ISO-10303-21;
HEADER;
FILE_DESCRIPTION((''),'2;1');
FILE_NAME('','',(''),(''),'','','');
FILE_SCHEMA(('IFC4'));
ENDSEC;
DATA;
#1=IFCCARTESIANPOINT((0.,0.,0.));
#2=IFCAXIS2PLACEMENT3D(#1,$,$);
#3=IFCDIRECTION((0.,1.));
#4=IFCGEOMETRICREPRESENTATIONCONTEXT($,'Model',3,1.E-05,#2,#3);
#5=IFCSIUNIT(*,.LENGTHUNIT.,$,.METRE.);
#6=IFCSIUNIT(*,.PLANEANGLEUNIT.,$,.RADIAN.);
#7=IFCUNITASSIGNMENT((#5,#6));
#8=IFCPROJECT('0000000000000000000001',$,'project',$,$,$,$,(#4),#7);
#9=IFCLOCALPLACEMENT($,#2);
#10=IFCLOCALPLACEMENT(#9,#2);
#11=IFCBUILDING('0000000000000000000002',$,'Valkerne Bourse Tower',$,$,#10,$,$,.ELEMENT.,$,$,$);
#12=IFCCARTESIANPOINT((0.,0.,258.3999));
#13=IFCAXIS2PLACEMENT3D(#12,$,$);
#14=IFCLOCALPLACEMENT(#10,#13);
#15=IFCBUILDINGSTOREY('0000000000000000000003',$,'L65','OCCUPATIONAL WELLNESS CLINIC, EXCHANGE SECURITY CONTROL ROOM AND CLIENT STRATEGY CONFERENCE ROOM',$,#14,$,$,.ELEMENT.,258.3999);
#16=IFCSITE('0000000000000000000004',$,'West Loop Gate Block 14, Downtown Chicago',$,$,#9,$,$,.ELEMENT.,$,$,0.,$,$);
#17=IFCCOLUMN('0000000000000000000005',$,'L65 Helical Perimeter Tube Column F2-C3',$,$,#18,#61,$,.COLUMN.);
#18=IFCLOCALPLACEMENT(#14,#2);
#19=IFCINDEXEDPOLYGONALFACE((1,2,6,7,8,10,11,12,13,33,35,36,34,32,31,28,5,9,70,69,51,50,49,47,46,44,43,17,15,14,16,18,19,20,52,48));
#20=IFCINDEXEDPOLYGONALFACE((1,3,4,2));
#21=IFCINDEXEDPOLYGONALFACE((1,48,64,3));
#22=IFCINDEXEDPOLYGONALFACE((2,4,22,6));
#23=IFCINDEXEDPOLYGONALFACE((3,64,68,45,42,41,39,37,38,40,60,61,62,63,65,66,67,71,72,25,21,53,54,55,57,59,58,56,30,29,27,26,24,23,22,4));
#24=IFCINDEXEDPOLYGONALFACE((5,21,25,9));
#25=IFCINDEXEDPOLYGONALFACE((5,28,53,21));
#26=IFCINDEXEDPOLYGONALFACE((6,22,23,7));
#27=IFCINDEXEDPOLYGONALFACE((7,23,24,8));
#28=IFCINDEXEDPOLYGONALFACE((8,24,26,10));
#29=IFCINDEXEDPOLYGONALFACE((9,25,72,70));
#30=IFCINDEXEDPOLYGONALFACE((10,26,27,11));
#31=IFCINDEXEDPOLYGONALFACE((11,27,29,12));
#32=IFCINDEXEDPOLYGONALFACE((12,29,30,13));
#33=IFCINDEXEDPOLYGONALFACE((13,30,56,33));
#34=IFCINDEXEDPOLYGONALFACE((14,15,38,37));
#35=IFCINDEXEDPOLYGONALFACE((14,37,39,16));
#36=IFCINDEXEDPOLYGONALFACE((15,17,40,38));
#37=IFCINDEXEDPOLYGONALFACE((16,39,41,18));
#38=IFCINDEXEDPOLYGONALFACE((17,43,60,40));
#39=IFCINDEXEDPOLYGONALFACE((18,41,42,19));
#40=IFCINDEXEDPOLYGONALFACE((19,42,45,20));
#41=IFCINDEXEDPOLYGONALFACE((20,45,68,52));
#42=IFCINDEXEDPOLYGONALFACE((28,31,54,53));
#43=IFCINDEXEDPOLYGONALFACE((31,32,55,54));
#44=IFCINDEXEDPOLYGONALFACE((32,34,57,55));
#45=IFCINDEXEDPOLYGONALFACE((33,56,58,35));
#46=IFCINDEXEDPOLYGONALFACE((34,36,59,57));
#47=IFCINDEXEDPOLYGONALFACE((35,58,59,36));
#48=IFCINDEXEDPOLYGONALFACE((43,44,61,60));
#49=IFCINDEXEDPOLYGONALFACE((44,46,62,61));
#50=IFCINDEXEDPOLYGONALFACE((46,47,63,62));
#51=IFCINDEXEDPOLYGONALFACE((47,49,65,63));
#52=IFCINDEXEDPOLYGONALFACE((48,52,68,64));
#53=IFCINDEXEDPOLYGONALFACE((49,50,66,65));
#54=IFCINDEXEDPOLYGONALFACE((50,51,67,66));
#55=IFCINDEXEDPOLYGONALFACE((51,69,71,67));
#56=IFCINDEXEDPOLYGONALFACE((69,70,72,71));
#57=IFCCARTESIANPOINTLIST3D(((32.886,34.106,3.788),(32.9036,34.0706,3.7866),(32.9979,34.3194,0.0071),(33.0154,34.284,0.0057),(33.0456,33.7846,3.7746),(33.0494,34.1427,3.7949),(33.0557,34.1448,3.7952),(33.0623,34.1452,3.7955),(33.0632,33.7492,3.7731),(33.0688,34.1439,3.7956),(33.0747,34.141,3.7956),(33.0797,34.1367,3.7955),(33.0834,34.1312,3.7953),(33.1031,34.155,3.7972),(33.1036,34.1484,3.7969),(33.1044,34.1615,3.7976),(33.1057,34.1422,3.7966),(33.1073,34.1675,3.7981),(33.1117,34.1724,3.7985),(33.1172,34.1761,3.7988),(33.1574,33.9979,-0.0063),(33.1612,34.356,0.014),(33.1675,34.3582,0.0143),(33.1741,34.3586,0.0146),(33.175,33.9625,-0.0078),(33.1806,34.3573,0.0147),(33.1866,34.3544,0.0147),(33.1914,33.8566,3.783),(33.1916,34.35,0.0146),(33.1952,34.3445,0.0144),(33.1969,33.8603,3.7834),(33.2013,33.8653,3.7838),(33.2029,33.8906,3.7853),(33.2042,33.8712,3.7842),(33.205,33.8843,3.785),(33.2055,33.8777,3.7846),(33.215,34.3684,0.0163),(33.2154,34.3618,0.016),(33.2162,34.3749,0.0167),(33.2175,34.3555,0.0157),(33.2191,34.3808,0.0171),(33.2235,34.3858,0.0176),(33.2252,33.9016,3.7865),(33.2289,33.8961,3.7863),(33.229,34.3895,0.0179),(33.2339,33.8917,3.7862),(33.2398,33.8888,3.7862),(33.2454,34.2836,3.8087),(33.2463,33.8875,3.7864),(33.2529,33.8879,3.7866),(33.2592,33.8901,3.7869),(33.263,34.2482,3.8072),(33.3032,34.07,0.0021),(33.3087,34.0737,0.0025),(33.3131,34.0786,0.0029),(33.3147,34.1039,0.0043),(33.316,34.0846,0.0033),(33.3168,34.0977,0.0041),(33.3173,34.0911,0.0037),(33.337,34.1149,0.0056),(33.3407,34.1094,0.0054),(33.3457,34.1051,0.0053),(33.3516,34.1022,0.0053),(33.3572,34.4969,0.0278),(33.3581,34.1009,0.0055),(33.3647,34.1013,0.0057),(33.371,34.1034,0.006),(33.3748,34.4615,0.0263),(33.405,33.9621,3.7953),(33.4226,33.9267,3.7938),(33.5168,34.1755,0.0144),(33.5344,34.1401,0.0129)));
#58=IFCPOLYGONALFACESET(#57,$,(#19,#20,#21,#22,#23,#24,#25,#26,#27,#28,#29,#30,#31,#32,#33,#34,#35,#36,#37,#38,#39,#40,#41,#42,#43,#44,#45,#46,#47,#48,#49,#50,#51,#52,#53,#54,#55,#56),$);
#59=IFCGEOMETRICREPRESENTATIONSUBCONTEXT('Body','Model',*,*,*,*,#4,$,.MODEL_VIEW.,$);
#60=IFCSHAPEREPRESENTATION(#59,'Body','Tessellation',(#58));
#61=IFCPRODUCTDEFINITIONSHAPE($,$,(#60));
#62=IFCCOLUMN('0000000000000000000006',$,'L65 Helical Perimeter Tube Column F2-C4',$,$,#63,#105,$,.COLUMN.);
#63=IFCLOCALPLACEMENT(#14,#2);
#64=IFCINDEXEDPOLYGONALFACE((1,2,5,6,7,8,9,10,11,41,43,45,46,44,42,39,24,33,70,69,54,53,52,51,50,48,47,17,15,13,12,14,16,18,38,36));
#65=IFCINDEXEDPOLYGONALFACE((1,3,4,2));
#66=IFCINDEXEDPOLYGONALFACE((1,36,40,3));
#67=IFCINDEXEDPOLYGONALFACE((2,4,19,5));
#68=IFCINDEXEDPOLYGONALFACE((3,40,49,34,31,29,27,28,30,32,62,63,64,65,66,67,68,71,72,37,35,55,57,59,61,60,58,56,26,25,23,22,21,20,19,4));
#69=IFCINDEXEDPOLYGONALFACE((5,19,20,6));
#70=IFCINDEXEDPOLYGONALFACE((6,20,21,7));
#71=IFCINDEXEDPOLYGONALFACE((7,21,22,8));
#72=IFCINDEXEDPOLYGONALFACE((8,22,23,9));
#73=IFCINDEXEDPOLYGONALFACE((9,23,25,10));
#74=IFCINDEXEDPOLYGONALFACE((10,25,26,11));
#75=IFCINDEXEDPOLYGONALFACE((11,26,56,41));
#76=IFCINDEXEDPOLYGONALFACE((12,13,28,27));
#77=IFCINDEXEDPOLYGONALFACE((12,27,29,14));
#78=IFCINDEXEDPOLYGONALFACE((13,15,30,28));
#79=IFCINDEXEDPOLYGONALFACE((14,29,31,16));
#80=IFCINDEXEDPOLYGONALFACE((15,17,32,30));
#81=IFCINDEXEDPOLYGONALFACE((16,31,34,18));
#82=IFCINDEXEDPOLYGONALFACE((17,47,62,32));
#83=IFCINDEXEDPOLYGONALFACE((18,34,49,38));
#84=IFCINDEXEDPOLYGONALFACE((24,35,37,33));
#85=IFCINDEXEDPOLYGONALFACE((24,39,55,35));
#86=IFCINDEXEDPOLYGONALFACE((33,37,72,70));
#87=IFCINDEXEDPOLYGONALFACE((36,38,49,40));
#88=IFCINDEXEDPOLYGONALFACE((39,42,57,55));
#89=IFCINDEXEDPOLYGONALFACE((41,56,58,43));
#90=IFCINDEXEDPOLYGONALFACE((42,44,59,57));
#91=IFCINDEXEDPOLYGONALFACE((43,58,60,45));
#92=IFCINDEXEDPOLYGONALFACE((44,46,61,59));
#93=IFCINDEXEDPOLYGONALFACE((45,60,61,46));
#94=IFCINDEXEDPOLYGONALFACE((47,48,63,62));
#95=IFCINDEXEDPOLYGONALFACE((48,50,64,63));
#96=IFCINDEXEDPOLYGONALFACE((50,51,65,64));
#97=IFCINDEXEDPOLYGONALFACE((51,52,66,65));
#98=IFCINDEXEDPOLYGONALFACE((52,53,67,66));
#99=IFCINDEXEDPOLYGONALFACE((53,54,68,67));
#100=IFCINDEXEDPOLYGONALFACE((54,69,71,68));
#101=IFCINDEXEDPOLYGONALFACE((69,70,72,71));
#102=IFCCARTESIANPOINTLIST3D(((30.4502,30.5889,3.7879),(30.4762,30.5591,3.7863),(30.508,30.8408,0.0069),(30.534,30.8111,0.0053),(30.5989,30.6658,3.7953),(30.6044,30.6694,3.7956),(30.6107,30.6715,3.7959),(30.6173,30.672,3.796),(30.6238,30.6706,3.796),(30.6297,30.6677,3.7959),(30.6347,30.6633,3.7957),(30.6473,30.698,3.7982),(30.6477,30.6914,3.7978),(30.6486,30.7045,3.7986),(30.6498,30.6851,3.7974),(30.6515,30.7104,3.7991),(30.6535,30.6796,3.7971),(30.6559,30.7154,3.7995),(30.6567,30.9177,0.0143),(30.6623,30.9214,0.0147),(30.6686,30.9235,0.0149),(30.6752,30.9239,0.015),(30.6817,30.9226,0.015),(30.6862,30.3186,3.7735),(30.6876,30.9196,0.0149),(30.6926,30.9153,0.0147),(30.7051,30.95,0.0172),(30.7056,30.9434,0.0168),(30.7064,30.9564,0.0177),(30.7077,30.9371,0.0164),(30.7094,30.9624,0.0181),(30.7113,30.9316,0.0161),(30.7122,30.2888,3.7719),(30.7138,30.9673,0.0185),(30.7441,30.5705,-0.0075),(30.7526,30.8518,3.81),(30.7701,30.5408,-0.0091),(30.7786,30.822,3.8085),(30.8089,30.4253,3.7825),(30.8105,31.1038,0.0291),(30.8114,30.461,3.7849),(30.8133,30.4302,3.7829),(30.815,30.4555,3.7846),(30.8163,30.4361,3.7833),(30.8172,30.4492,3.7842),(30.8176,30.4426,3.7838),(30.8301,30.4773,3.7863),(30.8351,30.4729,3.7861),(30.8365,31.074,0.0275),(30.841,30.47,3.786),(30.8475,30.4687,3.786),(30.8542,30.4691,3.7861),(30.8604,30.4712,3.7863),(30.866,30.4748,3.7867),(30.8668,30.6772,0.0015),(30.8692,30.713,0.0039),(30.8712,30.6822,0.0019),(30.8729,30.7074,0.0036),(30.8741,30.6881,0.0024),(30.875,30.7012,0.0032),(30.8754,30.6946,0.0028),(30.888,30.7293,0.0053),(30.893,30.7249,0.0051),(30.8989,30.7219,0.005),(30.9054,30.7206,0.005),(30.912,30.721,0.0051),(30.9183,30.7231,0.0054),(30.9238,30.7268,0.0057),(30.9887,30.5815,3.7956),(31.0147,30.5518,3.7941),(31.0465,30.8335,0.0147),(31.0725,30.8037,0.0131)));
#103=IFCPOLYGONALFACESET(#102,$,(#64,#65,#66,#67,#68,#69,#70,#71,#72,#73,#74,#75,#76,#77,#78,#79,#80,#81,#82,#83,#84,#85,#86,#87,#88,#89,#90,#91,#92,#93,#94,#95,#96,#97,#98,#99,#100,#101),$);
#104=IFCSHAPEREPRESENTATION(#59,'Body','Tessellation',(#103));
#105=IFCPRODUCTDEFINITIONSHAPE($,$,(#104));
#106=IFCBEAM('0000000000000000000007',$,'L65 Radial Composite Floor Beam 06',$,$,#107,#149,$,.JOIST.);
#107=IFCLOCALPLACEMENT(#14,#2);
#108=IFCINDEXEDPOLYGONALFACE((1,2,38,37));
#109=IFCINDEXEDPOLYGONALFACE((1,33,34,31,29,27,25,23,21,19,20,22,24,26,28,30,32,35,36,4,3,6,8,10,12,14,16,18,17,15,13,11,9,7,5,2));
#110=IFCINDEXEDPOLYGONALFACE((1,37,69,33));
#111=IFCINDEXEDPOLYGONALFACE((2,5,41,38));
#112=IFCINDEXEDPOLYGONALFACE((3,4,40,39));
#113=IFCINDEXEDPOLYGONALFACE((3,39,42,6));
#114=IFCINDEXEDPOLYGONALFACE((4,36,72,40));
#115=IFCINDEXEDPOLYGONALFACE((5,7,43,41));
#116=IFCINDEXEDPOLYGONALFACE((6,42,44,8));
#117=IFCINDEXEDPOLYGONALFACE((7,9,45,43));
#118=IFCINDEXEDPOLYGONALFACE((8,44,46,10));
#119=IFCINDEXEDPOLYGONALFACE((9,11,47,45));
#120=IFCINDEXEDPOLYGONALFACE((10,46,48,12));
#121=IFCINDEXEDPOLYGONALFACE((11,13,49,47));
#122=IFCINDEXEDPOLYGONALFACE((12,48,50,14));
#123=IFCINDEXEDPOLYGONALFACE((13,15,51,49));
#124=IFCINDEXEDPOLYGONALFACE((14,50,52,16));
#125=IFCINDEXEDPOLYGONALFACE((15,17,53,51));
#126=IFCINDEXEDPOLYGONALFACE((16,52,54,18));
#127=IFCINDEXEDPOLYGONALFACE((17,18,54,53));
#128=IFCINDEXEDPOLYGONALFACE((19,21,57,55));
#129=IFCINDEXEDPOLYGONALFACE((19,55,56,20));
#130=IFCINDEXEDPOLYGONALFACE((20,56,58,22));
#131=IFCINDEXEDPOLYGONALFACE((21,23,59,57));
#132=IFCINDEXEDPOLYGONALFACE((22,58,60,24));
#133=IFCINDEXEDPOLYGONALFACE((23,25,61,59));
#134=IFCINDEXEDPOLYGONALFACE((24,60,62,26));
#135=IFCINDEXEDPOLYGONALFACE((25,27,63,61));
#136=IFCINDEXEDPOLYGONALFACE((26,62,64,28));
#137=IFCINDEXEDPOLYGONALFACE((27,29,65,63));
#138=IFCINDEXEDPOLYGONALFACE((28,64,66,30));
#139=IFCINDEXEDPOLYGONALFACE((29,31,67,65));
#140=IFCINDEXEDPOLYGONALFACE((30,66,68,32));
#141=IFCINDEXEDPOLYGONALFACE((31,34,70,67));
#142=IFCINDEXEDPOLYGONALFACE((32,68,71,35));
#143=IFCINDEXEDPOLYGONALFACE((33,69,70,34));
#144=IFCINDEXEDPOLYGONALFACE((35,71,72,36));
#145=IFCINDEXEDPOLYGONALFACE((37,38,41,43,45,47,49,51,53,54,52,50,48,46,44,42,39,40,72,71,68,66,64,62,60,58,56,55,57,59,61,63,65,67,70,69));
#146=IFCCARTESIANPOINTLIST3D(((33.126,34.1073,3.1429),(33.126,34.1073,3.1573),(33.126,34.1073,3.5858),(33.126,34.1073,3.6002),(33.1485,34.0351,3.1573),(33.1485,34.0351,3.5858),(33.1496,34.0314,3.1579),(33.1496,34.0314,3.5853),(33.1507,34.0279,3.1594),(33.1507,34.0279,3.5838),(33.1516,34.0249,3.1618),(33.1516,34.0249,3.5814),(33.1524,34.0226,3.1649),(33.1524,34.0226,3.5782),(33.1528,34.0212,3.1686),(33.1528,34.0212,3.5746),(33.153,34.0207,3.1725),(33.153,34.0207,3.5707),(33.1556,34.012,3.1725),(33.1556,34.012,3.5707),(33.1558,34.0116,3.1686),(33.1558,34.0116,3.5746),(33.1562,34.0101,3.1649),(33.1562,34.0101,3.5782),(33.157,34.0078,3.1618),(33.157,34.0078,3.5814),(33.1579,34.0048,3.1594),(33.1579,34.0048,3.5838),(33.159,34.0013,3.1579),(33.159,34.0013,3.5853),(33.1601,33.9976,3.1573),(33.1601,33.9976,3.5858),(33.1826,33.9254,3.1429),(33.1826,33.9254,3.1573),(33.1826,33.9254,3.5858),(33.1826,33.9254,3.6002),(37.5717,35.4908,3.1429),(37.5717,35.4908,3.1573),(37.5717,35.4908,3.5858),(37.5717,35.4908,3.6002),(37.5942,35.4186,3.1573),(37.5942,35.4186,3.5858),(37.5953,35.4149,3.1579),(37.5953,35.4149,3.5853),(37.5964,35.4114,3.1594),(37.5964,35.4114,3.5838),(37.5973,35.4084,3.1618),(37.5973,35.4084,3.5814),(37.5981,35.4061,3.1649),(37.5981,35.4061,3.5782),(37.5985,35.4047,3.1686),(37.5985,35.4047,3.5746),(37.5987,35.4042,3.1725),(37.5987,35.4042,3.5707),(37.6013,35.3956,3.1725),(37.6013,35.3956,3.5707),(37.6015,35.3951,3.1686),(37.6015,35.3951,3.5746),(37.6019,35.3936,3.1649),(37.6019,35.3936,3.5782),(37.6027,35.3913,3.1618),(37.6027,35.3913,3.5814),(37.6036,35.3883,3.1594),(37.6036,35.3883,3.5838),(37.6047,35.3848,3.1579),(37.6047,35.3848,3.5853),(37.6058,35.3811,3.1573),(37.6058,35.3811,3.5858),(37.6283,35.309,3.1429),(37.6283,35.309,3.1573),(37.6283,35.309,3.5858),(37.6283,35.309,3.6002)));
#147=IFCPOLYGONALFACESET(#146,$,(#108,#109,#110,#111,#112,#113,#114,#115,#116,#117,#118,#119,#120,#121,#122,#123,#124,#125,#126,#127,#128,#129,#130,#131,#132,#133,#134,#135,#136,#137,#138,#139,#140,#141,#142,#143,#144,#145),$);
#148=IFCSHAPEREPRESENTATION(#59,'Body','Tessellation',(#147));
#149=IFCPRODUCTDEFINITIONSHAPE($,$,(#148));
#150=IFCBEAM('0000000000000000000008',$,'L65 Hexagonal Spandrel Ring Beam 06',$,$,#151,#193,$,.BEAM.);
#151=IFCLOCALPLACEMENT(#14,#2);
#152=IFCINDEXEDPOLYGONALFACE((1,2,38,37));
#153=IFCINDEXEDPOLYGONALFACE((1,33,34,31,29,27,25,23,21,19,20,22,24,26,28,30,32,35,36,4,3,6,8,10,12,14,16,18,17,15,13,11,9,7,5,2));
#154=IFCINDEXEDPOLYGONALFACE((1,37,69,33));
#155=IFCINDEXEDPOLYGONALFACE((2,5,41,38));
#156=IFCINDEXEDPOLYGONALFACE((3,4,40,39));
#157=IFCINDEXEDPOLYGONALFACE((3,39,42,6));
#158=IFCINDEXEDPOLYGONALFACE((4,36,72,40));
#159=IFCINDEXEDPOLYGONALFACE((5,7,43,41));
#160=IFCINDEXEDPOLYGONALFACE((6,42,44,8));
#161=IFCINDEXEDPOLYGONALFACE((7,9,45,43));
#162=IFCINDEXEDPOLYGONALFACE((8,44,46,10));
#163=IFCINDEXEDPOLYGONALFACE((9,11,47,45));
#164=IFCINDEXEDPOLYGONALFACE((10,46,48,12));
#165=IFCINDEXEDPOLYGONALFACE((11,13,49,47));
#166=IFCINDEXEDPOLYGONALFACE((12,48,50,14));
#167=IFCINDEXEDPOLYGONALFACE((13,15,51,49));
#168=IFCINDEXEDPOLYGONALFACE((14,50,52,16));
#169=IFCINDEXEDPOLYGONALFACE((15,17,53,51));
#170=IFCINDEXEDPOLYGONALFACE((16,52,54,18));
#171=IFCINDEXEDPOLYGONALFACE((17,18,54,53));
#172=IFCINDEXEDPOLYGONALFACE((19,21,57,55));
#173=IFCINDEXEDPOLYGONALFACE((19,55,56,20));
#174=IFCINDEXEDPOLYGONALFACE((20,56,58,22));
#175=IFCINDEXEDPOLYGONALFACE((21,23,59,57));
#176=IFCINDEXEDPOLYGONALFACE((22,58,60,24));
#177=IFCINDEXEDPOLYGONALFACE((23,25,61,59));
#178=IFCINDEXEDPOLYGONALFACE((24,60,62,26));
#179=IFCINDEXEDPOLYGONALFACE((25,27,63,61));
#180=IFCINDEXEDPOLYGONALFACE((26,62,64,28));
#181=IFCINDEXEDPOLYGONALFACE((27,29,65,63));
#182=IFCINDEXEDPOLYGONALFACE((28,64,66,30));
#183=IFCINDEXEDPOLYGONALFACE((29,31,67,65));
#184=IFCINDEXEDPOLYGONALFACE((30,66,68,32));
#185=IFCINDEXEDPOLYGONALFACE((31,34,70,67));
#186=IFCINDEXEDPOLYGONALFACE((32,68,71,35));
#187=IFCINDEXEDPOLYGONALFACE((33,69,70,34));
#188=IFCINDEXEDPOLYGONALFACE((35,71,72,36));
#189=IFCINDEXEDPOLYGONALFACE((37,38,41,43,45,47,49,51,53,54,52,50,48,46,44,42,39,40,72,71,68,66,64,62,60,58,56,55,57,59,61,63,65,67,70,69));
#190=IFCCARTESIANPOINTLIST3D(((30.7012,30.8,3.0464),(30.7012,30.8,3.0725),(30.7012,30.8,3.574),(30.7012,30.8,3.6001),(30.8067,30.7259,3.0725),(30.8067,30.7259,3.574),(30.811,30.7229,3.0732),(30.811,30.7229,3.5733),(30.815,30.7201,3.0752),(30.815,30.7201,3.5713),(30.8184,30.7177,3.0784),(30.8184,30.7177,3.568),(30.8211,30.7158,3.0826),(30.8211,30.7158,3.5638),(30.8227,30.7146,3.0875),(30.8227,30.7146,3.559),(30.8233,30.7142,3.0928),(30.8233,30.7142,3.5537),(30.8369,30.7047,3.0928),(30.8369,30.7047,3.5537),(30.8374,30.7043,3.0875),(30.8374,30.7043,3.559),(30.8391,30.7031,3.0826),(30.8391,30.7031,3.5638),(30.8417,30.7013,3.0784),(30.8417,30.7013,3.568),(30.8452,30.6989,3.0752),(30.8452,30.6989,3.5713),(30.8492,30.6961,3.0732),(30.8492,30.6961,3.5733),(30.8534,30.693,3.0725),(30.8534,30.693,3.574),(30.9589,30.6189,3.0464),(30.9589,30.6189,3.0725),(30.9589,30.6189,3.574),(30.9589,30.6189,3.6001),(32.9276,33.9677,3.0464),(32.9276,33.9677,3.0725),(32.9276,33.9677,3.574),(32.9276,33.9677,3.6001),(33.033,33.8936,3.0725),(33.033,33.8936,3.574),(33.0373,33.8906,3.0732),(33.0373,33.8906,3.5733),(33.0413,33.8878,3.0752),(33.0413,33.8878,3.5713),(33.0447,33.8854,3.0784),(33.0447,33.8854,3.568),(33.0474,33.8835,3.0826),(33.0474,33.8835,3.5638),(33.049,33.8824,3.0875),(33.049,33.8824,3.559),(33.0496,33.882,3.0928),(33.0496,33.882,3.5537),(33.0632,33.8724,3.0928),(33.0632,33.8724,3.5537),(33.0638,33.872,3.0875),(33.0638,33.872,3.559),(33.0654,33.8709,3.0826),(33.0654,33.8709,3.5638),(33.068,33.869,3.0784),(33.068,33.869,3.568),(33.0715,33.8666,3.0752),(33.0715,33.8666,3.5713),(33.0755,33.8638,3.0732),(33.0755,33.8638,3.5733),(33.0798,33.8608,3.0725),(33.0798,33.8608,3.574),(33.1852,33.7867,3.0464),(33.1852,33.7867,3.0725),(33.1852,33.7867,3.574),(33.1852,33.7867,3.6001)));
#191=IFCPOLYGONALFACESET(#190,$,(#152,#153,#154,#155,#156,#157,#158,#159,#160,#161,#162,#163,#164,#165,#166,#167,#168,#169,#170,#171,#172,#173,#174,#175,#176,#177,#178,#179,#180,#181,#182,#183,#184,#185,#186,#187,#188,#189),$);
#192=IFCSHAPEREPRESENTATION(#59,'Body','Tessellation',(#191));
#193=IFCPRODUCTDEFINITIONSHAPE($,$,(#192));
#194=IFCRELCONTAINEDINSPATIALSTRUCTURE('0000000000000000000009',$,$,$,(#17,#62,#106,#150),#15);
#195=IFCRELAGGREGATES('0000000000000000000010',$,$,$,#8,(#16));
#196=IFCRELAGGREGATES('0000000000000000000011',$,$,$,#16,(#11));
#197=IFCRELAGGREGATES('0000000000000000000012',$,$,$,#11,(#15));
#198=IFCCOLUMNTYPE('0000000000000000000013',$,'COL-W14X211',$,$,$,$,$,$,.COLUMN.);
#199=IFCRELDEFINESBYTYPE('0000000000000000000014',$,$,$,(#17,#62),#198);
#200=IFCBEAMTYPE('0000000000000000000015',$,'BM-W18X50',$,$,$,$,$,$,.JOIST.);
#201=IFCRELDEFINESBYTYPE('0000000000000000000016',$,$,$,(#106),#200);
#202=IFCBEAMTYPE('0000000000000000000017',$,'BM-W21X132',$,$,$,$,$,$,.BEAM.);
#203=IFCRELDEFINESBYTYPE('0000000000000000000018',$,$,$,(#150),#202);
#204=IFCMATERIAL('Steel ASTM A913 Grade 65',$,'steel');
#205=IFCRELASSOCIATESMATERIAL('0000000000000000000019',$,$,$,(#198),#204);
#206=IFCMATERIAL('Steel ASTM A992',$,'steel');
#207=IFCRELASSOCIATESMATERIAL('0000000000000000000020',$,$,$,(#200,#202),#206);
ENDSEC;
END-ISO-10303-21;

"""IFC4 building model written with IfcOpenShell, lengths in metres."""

from ifc_helpers import new_model, si_unit, direction, frame, origin, origin_2d, place, context, subcontext, project, spatial, i_section, extrude, material, material_profile, profile_set, type_object, element, save


model = new_model("IFC4")

# Units and contexts
model_context = context("Model", 3, precision=1e-05, world=origin(), true_north=direction((0.0, 1.0)))
body_context = subcontext(model_context, "Body", "Model", "MODEL_VIEW")
ifc_project = project(units=[si_unit("LENGTHUNIT", "METRE"), si_unit("PLANEANGLEUNIT", "RADIAN")], contexts=[model_context])

# Site, building, storey
site_placement = place(None, origin())
site = spatial("IfcSite", under=ifc_project, at=site_placement, Name="West Loop Gate Block 14, Downtown Chicago", CompositionType="ELEMENT", RefElevation=0.0)
building_placement = place(site_placement, origin())
building = spatial("IfcBuilding", under=site, at=building_placement, Name="Valkerne Bourse Tower", CompositionType="ELEMENT")
storey_placement = place(building_placement, frame((0.0, 0.0, 258.3999)))
storey = spatial("IfcBuildingStorey", under=building, at=storey_placement, Name="L65", Description="OCCUPATIONAL WELLNESS CLINIC, EXCHANGE SECURITY CONTROL ROOM AND CLIENT STRATEGY CONFERENCE ROOM", CompositionType="ELEMENT", Elevation=258.3999)

# Columns
ifc_material_1 = material(Name="Steel ASTM A913 Grade 65", Category="steel")
ifc_material_profile_1 = material_profile(ifc_material_1, i_section(OverallWidth=0.4014, OverallDepth=0.3987, WebThickness=0.0249, FlangeThickness=0.0396, FilletRadius=0.0254, at=origin_2d()), Name="W14X211")
ifc_profile_set_1 = profile_set([ifc_material_profile_1], Name="Steel ASTM A913 Grade 65")
column_type = type_object("IfcColumnType", Name="COL-W14X211", PredefinedType="COLUMN", material=ifc_profile_set_1)
column_1_placement = place(storey_placement, frame((33.2661, 34.2297, 0.01), z_axis=(-0.029513, -0.05632, 0.997976), x_axis=(-0.895384, -0.442313, -0.051441)))
element("IfcColumn", 1, at=column_1_placement, inside=storey, type_object=column_type, Name="L65 Helical Perimeter Tube Column F2-C3", PredefinedType="COLUMN", context=body_context, shape_type="SweptSolid", body=[
    extrude(i_section(OverallWidth=0.4014, OverallDepth=0.3987, WebThickness=0.0249, FlangeThickness=0.0396, FilletRadius=0.0254, at=origin_2d()), origin(), (0.0, 0.0, 1.0), 3.7886),
])
column_2_placement = place(storey_placement, frame((30.7903, 30.8223, 0.01), z_axis=(-0.015268, -0.066481, 0.997671), x_axis=(-0.753529, -0.655094, -0.055185)))
element("IfcColumn", 2, at=column_2_placement, inside=storey, type_object=column_type, Name="L65 Helical Perimeter Tube Column F2-C4", PredefinedType="COLUMN", context=body_context, shape_type="SweptSolid", body=[
    extrude(i_section(OverallWidth=0.4014, OverallDepth=0.3987, WebThickness=0.0249, FlangeThickness=0.0396, FilletRadius=0.0254, at=origin_2d()), origin(), (0.0, 0.0, 1.0), 3.7898),
])

# Beams
ifc_material_2 = material(Name="Steel ASTM A992", Category="steel")
ifc_material_profile_2 = material_profile(ifc_material_2, i_section(OverallWidth=0.1904, OverallDepth=0.4573, WebThickness=0.009, FlangeThickness=0.0144, FilletRadius=0.0151, at=origin_2d()), Name="W18X50")
ifc_profile_set_2 = profile_set([ifc_material_profile_2], Name="Steel ASTM A992")
beam_type_1 = type_object("IfcBeamType", Name="BM-W18X50", PredefinedType="JOIST", material=ifc_profile_set_2)
beam_1_placement = place(storey_placement, frame((33.1543, 34.0164, 3.3716), z_axis=(0.954832, 0.297146, 0.0), x_axis=(-0.297146, 0.954832, 0.0)))
element("IfcBeam", 3, at=beam_1_placement, inside=storey, type_object=beam_type_1, Name="L65 Radial Composite Floor Beam 06", PredefinedType="JOIST", context=body_context, shape_type="SweptSolid", body=[
    extrude(i_section(OverallWidth=0.1904, OverallDepth=0.4573, WebThickness=0.009, FlangeThickness=0.0144, FilletRadius=0.0151, at=origin_2d()), origin(), (0.0, 0.0, 1.0), 4.656),
])
ifc_material_profile_3 = material_profile(ifc_material_2, i_section(OverallWidth=0.3149, OverallDepth=0.5537, WebThickness=0.0166, FlangeThickness=0.0261, FilletRadius=0.0203, at=origin_2d()), Name="W21X132")
ifc_profile_set_3 = profile_set([ifc_material_profile_3], Name="Steel ASTM A992")
beam_type_2 = type_object("IfcBeamType", Name="BM-W21X132", PredefinedType="BEAM", material=ifc_profile_set_3)
beam_2_placement = place(storey_placement, frame((33.0564, 33.8772, 3.3232), z_axis=(-0.575006, -0.818149, 0.0), x_axis=(0.818149, -0.575006, 0.0)))
element("IfcBeam", 4, at=beam_2_placement, inside=storey, type_object=beam_type_2, Name="L65 Hexagonal Spandrel Ring Beam 06", PredefinedType="BEAM", context=body_context, shape_type="SweptSolid", body=[
    extrude(i_section(OverallWidth=0.3149, OverallDepth=0.5537, WebThickness=0.0166, FlangeThickness=0.0261, FilletRadius=0.0203, at=origin_2d()), origin(), (0.0, 0.0, 1.0), 3.8718),
])

save(model, "model.ifc")
